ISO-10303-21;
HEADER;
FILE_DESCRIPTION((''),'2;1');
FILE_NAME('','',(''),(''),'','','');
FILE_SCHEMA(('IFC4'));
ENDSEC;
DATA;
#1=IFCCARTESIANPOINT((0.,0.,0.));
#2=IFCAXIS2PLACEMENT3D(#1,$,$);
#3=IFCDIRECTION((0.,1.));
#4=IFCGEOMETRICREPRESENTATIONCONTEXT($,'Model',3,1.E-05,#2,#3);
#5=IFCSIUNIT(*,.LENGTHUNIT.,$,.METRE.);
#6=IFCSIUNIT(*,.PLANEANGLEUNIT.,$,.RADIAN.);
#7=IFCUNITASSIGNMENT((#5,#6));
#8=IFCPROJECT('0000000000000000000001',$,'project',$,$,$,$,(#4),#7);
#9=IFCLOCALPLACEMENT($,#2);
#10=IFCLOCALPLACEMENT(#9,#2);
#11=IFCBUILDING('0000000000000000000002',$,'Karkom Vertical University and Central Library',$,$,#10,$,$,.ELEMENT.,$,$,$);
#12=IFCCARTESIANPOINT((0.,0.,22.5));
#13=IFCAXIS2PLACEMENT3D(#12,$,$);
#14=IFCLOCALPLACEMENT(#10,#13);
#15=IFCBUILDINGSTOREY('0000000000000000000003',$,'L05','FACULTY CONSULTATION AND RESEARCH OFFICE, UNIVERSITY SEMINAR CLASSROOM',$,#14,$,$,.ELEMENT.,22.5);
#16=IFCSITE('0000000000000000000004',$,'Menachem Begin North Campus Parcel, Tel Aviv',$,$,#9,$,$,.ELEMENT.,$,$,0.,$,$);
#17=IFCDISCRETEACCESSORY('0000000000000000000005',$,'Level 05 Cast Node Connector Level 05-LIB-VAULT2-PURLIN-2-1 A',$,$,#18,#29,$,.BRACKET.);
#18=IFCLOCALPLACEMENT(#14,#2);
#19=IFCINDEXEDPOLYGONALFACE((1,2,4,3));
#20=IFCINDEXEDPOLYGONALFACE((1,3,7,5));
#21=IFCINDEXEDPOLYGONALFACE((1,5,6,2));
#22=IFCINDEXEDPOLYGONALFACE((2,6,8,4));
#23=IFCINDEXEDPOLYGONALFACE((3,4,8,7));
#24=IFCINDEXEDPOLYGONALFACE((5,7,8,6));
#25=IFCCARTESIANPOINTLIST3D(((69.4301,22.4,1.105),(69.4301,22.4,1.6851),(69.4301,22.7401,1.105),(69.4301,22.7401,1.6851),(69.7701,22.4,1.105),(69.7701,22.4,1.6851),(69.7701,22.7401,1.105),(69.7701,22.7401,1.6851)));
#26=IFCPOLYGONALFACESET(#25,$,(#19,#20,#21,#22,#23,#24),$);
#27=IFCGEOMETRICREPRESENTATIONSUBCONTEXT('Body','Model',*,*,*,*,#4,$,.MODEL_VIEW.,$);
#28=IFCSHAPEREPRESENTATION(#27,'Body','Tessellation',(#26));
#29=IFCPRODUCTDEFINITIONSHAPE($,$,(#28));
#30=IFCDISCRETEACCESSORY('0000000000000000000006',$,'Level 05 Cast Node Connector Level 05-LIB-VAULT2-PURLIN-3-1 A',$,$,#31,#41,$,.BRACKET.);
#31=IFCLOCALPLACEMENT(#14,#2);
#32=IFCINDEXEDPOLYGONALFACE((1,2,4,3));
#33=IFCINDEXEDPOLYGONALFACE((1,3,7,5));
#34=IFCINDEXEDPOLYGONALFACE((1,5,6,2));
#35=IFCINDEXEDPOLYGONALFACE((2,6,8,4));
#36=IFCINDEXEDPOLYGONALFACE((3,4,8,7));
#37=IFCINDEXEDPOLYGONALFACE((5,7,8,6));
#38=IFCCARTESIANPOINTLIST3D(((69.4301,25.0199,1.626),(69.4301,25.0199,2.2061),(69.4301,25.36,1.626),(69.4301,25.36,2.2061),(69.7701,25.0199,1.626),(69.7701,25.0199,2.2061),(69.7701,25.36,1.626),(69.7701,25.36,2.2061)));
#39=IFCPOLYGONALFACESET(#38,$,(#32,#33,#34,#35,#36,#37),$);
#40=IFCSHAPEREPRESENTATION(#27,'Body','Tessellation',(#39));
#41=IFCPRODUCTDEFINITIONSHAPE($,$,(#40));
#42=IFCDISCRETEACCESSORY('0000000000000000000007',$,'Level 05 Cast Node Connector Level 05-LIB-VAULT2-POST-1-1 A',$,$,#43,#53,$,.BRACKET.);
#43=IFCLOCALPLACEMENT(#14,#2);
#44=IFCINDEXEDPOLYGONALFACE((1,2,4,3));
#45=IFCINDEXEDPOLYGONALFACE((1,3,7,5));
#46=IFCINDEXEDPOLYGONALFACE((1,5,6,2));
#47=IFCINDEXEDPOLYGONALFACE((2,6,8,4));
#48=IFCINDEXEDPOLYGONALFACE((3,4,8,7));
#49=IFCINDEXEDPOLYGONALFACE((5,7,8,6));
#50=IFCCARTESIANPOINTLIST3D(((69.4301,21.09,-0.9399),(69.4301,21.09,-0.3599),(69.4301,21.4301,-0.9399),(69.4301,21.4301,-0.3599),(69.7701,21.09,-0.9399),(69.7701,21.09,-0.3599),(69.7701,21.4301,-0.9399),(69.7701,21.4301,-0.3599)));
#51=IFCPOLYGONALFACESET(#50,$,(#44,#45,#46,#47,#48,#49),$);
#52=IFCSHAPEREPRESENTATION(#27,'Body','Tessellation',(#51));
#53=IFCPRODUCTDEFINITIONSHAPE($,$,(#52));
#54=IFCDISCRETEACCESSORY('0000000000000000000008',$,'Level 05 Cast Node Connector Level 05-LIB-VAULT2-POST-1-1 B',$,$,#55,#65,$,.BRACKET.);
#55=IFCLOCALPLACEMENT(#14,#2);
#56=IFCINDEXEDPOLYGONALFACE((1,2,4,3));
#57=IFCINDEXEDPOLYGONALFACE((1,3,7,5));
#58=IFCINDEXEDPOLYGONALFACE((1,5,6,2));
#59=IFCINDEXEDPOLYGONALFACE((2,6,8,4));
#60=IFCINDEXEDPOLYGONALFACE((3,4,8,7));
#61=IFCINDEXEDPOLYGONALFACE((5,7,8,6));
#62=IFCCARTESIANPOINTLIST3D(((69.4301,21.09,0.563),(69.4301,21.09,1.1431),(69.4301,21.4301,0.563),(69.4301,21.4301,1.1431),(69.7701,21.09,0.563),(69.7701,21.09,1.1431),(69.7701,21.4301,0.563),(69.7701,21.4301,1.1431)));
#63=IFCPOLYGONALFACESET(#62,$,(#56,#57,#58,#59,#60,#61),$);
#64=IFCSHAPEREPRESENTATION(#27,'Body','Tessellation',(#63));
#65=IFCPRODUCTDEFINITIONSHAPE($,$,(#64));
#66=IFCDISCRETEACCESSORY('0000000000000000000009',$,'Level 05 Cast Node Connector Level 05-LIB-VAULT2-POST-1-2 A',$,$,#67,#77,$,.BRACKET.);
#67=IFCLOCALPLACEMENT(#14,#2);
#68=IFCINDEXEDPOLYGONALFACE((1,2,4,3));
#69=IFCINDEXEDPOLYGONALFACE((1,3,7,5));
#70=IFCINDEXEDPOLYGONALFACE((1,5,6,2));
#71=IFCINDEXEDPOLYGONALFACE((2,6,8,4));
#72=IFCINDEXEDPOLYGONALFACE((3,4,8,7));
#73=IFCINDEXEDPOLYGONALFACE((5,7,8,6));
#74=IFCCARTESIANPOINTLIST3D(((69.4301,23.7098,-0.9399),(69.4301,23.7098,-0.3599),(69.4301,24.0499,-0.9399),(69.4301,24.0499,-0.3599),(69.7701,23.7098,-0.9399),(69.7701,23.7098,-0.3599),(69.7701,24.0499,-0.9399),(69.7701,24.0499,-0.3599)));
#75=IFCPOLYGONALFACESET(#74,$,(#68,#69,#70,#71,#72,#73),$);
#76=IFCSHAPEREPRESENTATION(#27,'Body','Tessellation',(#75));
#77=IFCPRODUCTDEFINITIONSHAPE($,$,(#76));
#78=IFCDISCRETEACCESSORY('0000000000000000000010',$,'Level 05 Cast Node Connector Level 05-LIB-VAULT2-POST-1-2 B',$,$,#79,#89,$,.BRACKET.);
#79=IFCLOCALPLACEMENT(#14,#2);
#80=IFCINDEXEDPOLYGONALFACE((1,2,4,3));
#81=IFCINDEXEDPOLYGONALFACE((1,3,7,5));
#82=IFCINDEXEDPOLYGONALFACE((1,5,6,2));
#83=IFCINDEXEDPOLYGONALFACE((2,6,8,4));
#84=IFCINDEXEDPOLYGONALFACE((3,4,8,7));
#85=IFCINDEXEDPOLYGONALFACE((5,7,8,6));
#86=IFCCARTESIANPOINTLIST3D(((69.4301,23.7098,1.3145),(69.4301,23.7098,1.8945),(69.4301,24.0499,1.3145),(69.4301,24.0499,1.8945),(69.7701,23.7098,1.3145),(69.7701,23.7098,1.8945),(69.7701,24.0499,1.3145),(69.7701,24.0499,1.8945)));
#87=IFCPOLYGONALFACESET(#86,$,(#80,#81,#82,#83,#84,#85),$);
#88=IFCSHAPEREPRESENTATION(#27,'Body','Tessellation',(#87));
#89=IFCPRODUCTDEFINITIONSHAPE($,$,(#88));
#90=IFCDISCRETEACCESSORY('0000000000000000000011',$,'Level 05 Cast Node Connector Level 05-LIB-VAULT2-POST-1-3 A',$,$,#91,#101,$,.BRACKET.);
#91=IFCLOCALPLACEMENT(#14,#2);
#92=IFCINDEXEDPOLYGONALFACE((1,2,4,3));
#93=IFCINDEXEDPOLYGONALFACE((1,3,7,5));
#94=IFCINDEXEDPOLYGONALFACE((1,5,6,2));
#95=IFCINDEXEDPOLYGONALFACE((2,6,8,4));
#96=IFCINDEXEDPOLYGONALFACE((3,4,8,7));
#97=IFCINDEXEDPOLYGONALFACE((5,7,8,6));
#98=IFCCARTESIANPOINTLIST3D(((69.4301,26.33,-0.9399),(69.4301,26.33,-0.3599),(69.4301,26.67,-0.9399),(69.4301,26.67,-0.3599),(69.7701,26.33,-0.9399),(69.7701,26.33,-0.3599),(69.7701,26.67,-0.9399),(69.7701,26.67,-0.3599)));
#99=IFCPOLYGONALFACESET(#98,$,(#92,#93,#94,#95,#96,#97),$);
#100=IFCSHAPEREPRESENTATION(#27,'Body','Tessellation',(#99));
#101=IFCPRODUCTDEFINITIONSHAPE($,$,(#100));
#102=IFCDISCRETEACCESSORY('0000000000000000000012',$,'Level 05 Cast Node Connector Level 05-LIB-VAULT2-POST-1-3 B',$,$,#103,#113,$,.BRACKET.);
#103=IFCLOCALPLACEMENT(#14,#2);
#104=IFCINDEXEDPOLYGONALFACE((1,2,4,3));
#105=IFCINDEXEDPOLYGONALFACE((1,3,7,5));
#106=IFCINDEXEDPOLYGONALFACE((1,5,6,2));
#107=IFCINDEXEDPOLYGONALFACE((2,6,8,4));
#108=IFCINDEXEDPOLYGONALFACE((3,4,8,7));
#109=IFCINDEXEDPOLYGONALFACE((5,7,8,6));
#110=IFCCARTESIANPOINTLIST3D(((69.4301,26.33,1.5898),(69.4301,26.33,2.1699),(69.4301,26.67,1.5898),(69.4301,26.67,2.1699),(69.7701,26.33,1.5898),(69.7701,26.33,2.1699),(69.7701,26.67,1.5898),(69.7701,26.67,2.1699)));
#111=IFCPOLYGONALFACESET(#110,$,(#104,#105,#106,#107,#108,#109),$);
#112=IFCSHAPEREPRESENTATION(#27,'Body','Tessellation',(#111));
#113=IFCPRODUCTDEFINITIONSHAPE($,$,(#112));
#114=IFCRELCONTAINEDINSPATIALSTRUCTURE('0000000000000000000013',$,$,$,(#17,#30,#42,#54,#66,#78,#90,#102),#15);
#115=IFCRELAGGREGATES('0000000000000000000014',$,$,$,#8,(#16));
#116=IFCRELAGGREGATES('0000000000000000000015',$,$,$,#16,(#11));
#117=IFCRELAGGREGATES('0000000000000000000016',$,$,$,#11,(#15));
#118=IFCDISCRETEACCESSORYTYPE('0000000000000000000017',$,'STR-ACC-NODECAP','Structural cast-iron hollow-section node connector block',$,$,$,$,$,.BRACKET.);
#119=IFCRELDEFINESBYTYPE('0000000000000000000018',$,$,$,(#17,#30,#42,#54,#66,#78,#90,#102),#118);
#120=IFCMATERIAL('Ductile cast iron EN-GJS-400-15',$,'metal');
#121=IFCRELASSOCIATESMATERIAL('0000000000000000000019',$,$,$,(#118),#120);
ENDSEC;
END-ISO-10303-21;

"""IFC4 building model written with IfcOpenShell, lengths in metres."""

from ifc_helpers import new_model, si_unit, direction, frame, origin, origin_with_axes, origin_2d, place, context, subcontext, project, spatial, rectangle, extrude, source, transform, mapped, material, type_object, element, save


model = new_model("IFC4")

# Units and contexts
model_context = context("Model", 3, precision=1e-05, world=origin(), true_north=direction((0.0, 1.0)))
body_context = subcontext(model_context, "Body", "Model", "MODEL_VIEW")
ifc_project = project(units=[si_unit("LENGTHUNIT", "METRE"), si_unit("PLANEANGLEUNIT", "RADIAN")], contexts=[model_context])

# Site, building, storey
site_placement = place(None, origin())
site = spatial("IfcSite", under=ifc_project, at=site_placement, Name="Menachem Begin North Campus Parcel, Tel Aviv", CompositionType="ELEMENT", RefElevation=0.0)
building_placement = place(site_placement, origin())
building = spatial("IfcBuilding", under=site, at=building_placement, Name="Karkom Vertical University and Central Library", CompositionType="ELEMENT")
storey_placement = place(building_placement, frame((0.0, 0.0, 22.5)))
storey = spatial("IfcBuildingStorey", under=building, at=storey_placement, Name="L05", Description="FACULTY CONSULTATION AND RESEARCH OFFICE, UNIVERSITY SEMINAR CLASSROOM", CompositionType="ELEMENT", Elevation=22.5)

# Discrete accessories
ifc_material_1 = material(Name="Ductile cast iron EN-GJS-400-15", Category="metal")
discrete_accessory_type = type_object("IfcDiscreteAccessoryType", Name="STR-ACC-NODECAP", Description="Structural cast-iron hollow-section node connector block", PredefinedType="BRACKET", material=ifc_material_1)
shared_shape_1 = source(origin_with_axes(), body_context, "Body", "SweptSolid", [
    extrude(rectangle(XDim=0.3401, YDim=0.3401, at=origin_2d()), origin(), (0.0, 0.0, 1.0), 0.5801),
])
for number, where, z_axis, x_axis, name in (
    (1, (69.6001, 22.5701, 1.105), (0.0, 0.0, 1.0), (1.0, 0.0, 0.0), "Level 05 Cast Node Connector Level 05-LIB-VAULT2-PURLIN-2-1 A"),
    (2, (69.6001, 25.1899, 1.626), (0.0, 0.0, 1.0), (1.0, 0.0, 0.0), "Level 05 Cast Node Connector Level 05-LIB-VAULT2-PURLIN-3-1 A"),
    (3, (69.6001, 21.26, -0.9399), (0.0, 0.0, 1.0), (1.0, 0.0, 0.0), "Level 05 Cast Node Connector Level 05-LIB-VAULT2-POST-1-1 A"),
    (4, (69.6001, 21.26, 0.563), (0.0, 0.0, 1.0), (1.0, 0.0, 0.0), "Level 05 Cast Node Connector Level 05-LIB-VAULT2-POST-1-1 B"),
    (5, (69.6001, 23.8799, -0.9399), (0.0, 0.0, 1.0), (1.0, 0.0, 0.0), "Level 05 Cast Node Connector Level 05-LIB-VAULT2-POST-1-2 A"),
    (6, (69.6001, 23.8799, 1.3145), (0.0, 0.0, 1.0), (1.0, 0.0, 0.0), "Level 05 Cast Node Connector Level 05-LIB-VAULT2-POST-1-2 B"),
    (7, (69.6001, 26.5, -0.9399), (0.0, 0.0, 1.0), (1.0, 0.0, 0.0), "Level 05 Cast Node Connector Level 05-LIB-VAULT2-POST-1-3 A"),
    (8, (69.6001, 26.5, 1.5898), (0.0, 0.0, 1.0), (1.0, 0.0, 0.0), "Level 05 Cast Node Connector Level 05-LIB-VAULT2-POST-1-3 B"),
):
    element("IfcDiscreteAccessory", number, at=place(storey_placement, frame(where, z_axis=z_axis, x_axis=x_axis)), inside=storey, type_object=discrete_accessory_type, Name=name, PredefinedType="BRACKET", context=body_context, shape_type="MappedRepresentation", body=[
        mapped(shared_shape_1, transform((0.0, 0.0, 0.0), scale=1.0)),
    ])

save(model, "model.ifc")
